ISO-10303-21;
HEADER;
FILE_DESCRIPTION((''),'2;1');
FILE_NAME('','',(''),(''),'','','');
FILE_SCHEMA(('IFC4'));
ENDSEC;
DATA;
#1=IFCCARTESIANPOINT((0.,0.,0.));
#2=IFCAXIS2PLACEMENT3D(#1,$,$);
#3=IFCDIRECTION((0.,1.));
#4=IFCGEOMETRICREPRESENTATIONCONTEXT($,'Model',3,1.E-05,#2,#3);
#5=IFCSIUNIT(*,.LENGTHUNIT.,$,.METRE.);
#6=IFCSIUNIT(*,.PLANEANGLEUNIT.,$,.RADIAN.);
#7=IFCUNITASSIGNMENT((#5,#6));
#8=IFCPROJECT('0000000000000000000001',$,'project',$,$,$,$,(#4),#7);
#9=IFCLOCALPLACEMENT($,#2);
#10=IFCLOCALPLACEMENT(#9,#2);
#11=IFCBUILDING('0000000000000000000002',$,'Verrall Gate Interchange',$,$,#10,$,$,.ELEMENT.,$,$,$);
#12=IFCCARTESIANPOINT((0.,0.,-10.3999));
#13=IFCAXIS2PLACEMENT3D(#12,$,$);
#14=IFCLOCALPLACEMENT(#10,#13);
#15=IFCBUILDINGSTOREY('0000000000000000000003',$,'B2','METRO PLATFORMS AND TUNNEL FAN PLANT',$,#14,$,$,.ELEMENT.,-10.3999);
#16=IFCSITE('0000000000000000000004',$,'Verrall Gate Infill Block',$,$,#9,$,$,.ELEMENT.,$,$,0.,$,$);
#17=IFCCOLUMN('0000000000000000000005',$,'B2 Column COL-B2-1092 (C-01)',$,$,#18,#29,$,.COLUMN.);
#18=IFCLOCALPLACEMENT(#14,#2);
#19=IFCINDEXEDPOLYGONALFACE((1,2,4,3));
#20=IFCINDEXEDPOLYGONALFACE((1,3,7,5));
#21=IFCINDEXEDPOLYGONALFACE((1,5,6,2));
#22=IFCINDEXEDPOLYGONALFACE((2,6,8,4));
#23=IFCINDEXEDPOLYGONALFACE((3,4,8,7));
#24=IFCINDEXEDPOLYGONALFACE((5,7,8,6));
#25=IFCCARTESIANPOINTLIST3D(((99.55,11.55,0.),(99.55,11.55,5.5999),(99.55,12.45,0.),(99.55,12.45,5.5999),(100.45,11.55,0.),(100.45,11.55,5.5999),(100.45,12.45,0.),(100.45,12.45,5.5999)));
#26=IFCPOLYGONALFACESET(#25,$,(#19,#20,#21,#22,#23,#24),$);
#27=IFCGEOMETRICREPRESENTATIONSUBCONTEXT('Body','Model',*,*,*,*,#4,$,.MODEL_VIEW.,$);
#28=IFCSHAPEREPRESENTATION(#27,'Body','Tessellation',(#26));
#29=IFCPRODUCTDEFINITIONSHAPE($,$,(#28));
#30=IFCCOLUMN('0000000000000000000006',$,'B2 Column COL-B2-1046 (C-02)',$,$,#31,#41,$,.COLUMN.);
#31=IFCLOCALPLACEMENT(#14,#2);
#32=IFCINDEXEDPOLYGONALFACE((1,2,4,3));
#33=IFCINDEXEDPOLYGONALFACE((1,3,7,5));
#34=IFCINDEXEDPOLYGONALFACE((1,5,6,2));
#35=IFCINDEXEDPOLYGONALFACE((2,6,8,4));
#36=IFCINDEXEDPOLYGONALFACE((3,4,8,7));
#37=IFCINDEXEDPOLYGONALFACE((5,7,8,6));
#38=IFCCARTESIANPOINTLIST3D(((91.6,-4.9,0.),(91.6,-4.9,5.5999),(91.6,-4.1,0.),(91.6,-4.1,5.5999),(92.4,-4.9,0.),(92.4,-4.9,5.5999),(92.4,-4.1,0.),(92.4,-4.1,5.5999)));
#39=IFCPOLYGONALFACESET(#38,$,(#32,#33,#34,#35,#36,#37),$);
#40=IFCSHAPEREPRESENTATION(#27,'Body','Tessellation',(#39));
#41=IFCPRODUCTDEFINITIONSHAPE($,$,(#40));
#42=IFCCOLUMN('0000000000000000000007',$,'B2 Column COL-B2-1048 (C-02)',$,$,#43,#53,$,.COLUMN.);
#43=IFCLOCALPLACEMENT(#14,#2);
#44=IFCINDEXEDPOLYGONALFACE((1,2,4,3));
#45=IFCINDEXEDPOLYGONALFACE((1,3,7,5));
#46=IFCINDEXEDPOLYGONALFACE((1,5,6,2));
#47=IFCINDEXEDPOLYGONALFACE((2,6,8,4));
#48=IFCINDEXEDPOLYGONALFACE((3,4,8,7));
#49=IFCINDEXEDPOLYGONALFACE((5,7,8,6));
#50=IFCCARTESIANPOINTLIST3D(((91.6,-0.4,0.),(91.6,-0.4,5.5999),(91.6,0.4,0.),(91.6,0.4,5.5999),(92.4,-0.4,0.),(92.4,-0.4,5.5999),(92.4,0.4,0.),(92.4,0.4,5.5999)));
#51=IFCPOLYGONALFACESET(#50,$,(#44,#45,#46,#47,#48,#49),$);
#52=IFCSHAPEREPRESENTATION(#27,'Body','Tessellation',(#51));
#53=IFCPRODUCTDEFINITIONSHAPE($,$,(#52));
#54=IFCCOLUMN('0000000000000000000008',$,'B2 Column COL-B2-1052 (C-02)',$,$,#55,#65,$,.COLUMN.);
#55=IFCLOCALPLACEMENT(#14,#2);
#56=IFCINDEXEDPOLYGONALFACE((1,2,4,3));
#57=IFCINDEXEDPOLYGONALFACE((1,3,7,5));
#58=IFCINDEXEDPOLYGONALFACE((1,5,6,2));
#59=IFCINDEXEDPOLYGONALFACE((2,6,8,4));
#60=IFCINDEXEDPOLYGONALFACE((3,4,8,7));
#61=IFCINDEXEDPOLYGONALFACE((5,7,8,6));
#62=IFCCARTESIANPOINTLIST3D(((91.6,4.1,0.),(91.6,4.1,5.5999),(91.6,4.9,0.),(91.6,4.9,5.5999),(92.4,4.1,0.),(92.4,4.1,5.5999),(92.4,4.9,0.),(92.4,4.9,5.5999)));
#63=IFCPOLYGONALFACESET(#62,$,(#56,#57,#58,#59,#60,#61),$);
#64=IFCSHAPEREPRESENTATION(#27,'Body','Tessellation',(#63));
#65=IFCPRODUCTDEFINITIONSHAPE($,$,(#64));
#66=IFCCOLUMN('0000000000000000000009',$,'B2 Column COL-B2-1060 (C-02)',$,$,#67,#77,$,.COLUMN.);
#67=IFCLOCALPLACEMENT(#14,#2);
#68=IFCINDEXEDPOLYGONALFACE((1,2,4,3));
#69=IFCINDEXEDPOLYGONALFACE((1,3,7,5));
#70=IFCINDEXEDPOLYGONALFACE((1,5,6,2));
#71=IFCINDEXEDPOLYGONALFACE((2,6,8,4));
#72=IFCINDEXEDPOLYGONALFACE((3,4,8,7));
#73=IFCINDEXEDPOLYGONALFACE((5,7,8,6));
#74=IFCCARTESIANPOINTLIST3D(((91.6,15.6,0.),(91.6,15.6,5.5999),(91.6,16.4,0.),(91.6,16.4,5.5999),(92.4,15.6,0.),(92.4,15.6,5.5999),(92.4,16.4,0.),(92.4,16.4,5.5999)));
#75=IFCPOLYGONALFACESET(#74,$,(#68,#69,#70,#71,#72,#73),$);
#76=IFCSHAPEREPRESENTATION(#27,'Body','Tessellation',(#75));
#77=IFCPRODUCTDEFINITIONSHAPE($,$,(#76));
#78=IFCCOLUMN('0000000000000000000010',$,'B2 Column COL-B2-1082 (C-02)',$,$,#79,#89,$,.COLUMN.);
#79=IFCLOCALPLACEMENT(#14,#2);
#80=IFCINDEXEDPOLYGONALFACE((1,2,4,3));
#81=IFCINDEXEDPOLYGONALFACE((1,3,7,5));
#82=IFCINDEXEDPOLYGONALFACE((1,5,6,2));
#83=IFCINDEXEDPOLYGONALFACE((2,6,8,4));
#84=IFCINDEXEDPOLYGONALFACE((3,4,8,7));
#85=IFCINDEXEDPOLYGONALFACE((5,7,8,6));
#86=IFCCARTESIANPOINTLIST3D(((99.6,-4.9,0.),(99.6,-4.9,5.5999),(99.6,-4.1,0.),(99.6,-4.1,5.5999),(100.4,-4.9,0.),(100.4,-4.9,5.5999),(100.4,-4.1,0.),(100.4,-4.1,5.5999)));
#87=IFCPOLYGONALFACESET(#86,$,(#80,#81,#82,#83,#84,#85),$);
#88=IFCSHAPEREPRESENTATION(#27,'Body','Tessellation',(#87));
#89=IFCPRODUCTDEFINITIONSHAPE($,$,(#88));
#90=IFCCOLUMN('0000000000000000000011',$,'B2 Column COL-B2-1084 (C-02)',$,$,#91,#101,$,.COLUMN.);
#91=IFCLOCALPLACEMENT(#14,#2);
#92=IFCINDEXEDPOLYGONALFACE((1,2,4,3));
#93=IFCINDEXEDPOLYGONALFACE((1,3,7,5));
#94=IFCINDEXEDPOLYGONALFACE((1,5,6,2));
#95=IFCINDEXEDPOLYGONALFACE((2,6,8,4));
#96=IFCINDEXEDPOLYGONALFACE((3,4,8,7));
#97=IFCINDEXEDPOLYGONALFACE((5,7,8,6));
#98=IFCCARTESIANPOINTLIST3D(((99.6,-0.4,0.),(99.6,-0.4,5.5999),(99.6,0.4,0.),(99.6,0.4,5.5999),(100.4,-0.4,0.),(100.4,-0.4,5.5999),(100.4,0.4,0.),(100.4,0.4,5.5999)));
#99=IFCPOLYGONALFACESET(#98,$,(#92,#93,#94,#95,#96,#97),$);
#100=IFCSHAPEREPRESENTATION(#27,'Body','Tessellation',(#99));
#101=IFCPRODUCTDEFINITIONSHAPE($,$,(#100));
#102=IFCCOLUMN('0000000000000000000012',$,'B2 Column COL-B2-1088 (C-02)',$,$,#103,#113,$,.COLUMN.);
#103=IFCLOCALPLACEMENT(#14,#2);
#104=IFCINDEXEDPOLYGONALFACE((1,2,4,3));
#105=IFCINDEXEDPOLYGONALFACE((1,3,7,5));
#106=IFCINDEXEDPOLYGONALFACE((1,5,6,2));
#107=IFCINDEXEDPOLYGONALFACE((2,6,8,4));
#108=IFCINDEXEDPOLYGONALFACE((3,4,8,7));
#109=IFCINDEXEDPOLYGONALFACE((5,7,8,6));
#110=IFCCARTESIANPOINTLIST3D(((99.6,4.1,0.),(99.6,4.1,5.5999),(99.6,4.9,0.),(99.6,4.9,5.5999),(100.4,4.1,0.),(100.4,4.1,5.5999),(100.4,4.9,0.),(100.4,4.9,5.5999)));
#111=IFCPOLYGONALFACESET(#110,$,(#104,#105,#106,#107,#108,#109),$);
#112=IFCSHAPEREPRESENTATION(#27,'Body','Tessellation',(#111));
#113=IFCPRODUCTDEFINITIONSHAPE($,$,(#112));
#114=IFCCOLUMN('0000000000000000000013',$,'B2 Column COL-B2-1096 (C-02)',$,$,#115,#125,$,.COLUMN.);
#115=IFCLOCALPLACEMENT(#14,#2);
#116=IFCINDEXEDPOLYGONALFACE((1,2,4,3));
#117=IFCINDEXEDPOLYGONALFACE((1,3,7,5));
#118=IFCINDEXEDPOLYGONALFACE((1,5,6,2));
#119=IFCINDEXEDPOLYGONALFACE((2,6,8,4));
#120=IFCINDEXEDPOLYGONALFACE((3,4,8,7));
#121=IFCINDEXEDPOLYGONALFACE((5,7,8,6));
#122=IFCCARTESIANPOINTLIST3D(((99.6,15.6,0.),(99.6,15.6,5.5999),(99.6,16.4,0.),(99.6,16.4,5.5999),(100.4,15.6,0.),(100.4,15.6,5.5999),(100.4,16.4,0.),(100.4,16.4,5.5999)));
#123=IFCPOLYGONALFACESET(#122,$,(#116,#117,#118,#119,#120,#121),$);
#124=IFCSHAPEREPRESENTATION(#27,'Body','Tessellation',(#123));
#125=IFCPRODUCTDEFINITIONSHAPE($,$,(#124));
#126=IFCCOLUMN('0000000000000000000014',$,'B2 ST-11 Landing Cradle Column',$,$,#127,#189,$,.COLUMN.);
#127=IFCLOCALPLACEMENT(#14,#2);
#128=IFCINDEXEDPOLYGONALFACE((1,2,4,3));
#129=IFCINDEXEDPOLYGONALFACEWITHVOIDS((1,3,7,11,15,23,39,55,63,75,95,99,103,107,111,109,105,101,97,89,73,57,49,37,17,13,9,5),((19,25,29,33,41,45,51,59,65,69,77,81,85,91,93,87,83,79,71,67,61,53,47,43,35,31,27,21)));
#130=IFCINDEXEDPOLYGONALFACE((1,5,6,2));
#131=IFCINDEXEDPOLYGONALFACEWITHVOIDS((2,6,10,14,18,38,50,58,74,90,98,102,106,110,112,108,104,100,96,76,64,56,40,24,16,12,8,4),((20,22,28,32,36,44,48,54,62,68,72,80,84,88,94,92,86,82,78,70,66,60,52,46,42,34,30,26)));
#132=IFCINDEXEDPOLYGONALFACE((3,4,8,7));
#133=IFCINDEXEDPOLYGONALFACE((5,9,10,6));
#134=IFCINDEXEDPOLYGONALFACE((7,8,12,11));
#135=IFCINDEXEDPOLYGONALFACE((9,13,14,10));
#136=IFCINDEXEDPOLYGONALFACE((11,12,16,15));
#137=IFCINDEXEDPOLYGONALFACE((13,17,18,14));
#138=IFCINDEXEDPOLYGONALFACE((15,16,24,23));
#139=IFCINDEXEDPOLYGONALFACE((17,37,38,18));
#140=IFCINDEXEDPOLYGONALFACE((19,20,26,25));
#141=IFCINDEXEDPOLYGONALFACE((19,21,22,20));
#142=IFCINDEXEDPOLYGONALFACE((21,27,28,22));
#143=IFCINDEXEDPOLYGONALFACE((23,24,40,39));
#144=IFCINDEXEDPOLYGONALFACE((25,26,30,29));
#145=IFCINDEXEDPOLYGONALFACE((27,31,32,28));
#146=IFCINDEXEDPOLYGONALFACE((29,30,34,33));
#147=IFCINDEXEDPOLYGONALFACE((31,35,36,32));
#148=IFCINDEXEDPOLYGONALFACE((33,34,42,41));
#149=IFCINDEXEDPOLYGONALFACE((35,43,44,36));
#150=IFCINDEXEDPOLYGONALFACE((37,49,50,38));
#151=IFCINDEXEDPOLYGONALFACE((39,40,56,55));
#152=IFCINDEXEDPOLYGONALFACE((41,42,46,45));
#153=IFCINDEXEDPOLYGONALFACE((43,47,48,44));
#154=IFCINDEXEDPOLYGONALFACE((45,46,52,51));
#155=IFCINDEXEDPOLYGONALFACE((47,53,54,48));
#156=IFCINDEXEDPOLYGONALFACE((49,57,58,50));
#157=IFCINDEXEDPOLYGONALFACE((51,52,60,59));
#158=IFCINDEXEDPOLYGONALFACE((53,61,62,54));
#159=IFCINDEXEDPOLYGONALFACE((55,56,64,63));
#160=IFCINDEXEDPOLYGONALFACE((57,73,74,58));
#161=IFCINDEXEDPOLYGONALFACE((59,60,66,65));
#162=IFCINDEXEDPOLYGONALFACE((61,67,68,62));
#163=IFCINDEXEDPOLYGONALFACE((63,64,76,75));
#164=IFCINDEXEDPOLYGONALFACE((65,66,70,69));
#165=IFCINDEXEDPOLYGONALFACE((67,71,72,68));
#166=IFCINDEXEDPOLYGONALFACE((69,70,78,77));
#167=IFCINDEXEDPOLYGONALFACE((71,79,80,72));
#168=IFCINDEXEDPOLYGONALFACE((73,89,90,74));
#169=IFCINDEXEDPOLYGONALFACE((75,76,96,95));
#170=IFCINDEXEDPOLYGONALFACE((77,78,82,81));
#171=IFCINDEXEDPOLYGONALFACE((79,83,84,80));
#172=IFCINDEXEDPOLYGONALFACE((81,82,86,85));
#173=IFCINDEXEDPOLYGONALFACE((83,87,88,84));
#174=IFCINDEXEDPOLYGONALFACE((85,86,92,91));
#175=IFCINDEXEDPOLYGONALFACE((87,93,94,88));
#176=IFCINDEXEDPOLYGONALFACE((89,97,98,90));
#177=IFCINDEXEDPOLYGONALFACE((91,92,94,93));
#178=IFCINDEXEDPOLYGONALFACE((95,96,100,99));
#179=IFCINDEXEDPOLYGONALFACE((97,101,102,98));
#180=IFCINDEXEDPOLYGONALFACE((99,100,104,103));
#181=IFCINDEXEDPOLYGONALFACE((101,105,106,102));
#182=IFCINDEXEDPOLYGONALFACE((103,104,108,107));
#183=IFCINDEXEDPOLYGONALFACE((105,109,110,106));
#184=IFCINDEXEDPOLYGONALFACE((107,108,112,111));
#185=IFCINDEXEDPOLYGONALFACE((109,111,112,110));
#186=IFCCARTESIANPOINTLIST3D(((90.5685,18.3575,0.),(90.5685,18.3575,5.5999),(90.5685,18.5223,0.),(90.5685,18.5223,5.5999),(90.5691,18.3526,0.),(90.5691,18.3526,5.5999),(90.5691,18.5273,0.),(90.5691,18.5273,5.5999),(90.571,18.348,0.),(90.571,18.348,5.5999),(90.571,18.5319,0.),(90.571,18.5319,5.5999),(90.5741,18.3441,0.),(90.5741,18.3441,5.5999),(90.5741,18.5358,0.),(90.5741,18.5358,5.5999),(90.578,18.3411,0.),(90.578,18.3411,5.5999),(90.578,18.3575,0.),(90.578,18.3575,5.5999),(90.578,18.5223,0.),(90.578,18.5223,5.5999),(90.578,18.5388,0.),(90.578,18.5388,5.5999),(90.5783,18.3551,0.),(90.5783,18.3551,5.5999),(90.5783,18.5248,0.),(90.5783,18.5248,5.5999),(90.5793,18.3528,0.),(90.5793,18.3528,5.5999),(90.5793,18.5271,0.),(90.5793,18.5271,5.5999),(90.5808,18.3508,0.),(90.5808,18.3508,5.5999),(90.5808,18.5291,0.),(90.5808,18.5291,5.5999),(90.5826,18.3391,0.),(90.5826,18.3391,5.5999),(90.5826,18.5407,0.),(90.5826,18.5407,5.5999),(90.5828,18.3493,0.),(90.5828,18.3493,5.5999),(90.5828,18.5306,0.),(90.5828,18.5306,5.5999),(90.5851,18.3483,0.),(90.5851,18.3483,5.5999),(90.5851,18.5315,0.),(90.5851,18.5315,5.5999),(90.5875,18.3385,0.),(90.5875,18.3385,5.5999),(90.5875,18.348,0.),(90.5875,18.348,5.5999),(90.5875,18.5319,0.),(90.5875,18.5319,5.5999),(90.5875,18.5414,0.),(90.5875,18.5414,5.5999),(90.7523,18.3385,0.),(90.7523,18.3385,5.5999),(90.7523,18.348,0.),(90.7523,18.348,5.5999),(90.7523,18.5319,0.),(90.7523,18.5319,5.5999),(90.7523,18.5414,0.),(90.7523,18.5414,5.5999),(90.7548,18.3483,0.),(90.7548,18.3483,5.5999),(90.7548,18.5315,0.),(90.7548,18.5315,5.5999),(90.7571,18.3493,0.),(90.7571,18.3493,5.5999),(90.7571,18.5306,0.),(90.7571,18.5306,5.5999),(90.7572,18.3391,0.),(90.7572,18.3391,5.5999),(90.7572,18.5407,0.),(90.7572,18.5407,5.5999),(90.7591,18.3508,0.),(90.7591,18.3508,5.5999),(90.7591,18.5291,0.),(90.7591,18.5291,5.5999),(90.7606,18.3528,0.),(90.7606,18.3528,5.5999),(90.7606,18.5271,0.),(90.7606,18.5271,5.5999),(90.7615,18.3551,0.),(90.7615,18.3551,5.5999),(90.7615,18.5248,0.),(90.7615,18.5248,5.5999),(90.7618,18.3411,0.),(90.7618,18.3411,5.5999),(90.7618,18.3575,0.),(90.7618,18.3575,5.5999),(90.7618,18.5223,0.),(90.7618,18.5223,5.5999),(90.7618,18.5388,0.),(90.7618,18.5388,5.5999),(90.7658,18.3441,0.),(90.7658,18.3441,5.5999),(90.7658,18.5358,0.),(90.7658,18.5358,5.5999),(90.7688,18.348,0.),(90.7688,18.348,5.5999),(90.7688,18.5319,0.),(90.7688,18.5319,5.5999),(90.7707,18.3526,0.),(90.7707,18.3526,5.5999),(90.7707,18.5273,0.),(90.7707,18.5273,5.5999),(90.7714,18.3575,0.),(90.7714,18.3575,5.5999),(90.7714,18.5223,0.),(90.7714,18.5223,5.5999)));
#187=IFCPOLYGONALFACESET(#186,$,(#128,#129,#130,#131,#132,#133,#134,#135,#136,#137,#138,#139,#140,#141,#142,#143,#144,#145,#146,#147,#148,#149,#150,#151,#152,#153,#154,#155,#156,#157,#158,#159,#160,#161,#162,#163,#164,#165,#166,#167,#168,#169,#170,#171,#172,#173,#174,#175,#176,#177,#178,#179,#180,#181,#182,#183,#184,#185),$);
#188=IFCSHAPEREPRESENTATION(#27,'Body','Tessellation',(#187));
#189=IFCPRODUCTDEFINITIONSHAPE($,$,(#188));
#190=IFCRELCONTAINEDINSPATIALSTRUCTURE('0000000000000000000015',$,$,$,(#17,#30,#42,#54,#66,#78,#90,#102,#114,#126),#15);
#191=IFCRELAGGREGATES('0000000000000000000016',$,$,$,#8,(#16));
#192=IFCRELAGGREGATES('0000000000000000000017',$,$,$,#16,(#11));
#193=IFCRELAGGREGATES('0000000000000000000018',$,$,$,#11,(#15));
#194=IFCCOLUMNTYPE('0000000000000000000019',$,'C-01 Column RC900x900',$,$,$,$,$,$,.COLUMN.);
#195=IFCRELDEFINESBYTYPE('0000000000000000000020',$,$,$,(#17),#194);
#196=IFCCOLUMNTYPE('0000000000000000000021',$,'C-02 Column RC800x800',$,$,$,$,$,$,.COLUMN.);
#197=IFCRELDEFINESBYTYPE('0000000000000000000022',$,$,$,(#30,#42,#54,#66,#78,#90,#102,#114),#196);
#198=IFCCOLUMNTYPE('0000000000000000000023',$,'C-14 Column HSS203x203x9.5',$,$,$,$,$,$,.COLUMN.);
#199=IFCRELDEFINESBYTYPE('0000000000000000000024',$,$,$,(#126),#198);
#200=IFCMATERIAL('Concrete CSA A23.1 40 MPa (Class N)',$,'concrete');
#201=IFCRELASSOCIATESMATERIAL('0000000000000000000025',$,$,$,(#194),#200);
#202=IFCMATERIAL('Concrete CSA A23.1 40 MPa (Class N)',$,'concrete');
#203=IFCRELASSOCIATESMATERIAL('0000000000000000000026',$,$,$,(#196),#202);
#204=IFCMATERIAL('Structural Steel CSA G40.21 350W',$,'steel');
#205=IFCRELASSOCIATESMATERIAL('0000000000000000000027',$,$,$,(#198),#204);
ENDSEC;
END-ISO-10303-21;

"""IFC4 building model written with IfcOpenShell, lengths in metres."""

from ifc_helpers import new_model, si_unit, direction, frame, origin, origin_2d, place, context, subcontext, project, spatial, rectangle, hollow_rectangle, extrude, material, material_profile, profile_set, type_object, element, save


model = new_model("IFC4")

# Units and contexts
model_context = context("Model", 3, precision=1e-05, world=origin(), true_north=direction((0.0, 1.0)))
body_context = subcontext(model_context, "Body", "Model", "MODEL_VIEW")
ifc_project = project(units=[si_unit("LENGTHUNIT", "METRE"), si_unit("PLANEANGLEUNIT", "RADIAN")], contexts=[model_context])

# Site, building, storey
site_placement = place(None, origin())
site = spatial("IfcSite", under=ifc_project, at=site_placement, Name="Verrall Gate Infill Block", CompositionType="ELEMENT", RefElevation=0.0)
building_placement = place(site_placement, origin())
building = spatial("IfcBuilding", under=site, at=building_placement, Name="Verrall Gate Interchange", CompositionType="ELEMENT")
storey_placement = place(building_placement, frame((0.0, 0.0, -10.3999)))
storey = spatial("IfcBuildingStorey", under=building, at=storey_placement, Name="B2", Description="METRO PLATFORMS AND TUNNEL FAN PLANT", CompositionType="ELEMENT", Elevation=-10.3999)

# Columns
ifc_material_1 = material(Name="Concrete CSA A23.1 40 MPa (Class N)", Category="concrete")
ifc_material_profile_1 = material_profile(ifc_material_1, rectangle(XDim=0.8999, YDim=0.8999, at=origin_2d()), Name="RC900x900")
ifc_profile_set_1 = profile_set([ifc_material_profile_1], Name="Concrete CSA A23.1 40 MPa (Class N)")
column_type_1 = type_object("IfcColumnType", Name="C-01 Column RC900x900", PredefinedType="COLUMN", material=ifc_profile_set_1)
for number, where, z_axis, x_axis, name in (
    (1, (100.0, 12.0, 0.0), (0.0, 0.0, 1.0), (1.0, 0.0, 0.0), "B2 Column COL-B2-1092 (C-01)"),
):
    element("IfcColumn", number, at=place(storey_placement, frame(where, z_axis=z_axis, x_axis=x_axis)), inside=storey, type_object=column_type_1, Name=name, PredefinedType="COLUMN", context=body_context, shape_type="SweptSolid", body=[
        extrude(rectangle(XDim=0.8999, YDim=0.8999, at=origin_2d()), origin(), (0.0, 0.0, 1.0), 5.5999),
    ])
ifc_material_2 = material(Name="Concrete CSA A23.1 40 MPa (Class N)", Category="concrete")
ifc_material_profile_2 = material_profile(ifc_material_2, rectangle(XDim=0.8, YDim=0.8, at=origin_2d()), Name="RC800x800")
ifc_profile_set_2 = profile_set([ifc_material_profile_2], Name="Concrete CSA A23.1 40 MPa (Class N)")
column_type_2 = type_object("IfcColumnType", Name="C-02 Column RC800x800", PredefinedType="COLUMN", material=ifc_profile_set_2)
for number, where, z_axis, x_axis, name in (
    (2, (92.0, -4.5, 0.0), (0.0, 0.0, 1.0), (1.0, 0.0, 0.0), "B2 Column COL-B2-1046 (C-02)"),
    (3, (92.0, 0.0, 0.0), (0.0, 0.0, 1.0), (1.0, 0.0, 0.0), "B2 Column COL-B2-1048 (C-02)"),
    (4, (92.0, 4.5, 0.0), (0.0, 0.0, 1.0), (1.0, 0.0, 0.0), "B2 Column COL-B2-1052 (C-02)"),
    (5, (92.0, 16.0, 0.0), (0.0, 0.0, 1.0), (1.0, 0.0, 0.0), "B2 Column COL-B2-1060 (C-02)"),
    (6, (100.0, -4.5, 0.0), (0.0, 0.0, 1.0), (1.0, 0.0, 0.0), "B2 Column COL-B2-1082 (C-02)"),
    (7, (100.0, 0.0, 0.0), (0.0, 0.0, 1.0), (1.0, 0.0, 0.0), "B2 Column COL-B2-1084 (C-02)"),
    (8, (100.0, 4.5, 0.0), (0.0, 0.0, 1.0), (1.0, 0.0, 0.0), "B2 Column COL-B2-1088 (C-02)"),
    (9, (100.0, 16.0, 0.0), (0.0, 0.0, 1.0), (1.0, 0.0, 0.0), "B2 Column COL-B2-1096 (C-02)"),
):
    element("IfcColumn", number, at=place(storey_placement, frame(where, z_axis=z_axis, x_axis=x_axis)), inside=storey, type_object=column_type_2, Name=name, PredefinedType="COLUMN", context=body_context, shape_type="SweptSolid", body=[
        extrude(rectangle(XDim=0.8, YDim=0.8, at=origin_2d()), origin(), (0.0, 0.0, 1.0), 5.5999),
    ])
ifc_material_3 = material(Name="Structural Steel CSA G40.21 350W", Category="steel")
ifc_material_profile_3 = material_profile(ifc_material_3, hollow_rectangle(XDim=0.2029, YDim=0.2029, WallThickness=0.0095, InnerFilletRadius=0.0095, OuterFilletRadius=0.019, at=origin_2d()), Name="HSS203x203x9.5")
ifc_profile_set_3 = profile_set([ifc_material_profile_3], Name="Structural Steel CSA G40.21 350W")
column_type_3 = type_object("IfcColumnType", Name="C-14 Column HSS203x203x9.5", PredefinedType="COLUMN", material=ifc_profile_set_3)
column_placement = place(storey_placement, frame((90.6699, 18.4399, 0.0), z_axis=(0.0, 0.0, 1.0), x_axis=(1.0, 0.0, 0.0)))
element("IfcColumn", 10, at=column_placement, inside=storey, type_object=column_type_3, Name="B2 ST-11 Landing Cradle Column", PredefinedType="COLUMN", context=body_context, shape_type="SweptSolid", body=[
    extrude(hollow_rectangle(XDim=0.2029, YDim=0.2029, WallThickness=0.0095, InnerFilletRadius=0.0095, OuterFilletRadius=0.019, at=origin_2d()), origin(), (0.0, 0.0, 1.0), 5.5999),
])

save(model, "model.ifc")
